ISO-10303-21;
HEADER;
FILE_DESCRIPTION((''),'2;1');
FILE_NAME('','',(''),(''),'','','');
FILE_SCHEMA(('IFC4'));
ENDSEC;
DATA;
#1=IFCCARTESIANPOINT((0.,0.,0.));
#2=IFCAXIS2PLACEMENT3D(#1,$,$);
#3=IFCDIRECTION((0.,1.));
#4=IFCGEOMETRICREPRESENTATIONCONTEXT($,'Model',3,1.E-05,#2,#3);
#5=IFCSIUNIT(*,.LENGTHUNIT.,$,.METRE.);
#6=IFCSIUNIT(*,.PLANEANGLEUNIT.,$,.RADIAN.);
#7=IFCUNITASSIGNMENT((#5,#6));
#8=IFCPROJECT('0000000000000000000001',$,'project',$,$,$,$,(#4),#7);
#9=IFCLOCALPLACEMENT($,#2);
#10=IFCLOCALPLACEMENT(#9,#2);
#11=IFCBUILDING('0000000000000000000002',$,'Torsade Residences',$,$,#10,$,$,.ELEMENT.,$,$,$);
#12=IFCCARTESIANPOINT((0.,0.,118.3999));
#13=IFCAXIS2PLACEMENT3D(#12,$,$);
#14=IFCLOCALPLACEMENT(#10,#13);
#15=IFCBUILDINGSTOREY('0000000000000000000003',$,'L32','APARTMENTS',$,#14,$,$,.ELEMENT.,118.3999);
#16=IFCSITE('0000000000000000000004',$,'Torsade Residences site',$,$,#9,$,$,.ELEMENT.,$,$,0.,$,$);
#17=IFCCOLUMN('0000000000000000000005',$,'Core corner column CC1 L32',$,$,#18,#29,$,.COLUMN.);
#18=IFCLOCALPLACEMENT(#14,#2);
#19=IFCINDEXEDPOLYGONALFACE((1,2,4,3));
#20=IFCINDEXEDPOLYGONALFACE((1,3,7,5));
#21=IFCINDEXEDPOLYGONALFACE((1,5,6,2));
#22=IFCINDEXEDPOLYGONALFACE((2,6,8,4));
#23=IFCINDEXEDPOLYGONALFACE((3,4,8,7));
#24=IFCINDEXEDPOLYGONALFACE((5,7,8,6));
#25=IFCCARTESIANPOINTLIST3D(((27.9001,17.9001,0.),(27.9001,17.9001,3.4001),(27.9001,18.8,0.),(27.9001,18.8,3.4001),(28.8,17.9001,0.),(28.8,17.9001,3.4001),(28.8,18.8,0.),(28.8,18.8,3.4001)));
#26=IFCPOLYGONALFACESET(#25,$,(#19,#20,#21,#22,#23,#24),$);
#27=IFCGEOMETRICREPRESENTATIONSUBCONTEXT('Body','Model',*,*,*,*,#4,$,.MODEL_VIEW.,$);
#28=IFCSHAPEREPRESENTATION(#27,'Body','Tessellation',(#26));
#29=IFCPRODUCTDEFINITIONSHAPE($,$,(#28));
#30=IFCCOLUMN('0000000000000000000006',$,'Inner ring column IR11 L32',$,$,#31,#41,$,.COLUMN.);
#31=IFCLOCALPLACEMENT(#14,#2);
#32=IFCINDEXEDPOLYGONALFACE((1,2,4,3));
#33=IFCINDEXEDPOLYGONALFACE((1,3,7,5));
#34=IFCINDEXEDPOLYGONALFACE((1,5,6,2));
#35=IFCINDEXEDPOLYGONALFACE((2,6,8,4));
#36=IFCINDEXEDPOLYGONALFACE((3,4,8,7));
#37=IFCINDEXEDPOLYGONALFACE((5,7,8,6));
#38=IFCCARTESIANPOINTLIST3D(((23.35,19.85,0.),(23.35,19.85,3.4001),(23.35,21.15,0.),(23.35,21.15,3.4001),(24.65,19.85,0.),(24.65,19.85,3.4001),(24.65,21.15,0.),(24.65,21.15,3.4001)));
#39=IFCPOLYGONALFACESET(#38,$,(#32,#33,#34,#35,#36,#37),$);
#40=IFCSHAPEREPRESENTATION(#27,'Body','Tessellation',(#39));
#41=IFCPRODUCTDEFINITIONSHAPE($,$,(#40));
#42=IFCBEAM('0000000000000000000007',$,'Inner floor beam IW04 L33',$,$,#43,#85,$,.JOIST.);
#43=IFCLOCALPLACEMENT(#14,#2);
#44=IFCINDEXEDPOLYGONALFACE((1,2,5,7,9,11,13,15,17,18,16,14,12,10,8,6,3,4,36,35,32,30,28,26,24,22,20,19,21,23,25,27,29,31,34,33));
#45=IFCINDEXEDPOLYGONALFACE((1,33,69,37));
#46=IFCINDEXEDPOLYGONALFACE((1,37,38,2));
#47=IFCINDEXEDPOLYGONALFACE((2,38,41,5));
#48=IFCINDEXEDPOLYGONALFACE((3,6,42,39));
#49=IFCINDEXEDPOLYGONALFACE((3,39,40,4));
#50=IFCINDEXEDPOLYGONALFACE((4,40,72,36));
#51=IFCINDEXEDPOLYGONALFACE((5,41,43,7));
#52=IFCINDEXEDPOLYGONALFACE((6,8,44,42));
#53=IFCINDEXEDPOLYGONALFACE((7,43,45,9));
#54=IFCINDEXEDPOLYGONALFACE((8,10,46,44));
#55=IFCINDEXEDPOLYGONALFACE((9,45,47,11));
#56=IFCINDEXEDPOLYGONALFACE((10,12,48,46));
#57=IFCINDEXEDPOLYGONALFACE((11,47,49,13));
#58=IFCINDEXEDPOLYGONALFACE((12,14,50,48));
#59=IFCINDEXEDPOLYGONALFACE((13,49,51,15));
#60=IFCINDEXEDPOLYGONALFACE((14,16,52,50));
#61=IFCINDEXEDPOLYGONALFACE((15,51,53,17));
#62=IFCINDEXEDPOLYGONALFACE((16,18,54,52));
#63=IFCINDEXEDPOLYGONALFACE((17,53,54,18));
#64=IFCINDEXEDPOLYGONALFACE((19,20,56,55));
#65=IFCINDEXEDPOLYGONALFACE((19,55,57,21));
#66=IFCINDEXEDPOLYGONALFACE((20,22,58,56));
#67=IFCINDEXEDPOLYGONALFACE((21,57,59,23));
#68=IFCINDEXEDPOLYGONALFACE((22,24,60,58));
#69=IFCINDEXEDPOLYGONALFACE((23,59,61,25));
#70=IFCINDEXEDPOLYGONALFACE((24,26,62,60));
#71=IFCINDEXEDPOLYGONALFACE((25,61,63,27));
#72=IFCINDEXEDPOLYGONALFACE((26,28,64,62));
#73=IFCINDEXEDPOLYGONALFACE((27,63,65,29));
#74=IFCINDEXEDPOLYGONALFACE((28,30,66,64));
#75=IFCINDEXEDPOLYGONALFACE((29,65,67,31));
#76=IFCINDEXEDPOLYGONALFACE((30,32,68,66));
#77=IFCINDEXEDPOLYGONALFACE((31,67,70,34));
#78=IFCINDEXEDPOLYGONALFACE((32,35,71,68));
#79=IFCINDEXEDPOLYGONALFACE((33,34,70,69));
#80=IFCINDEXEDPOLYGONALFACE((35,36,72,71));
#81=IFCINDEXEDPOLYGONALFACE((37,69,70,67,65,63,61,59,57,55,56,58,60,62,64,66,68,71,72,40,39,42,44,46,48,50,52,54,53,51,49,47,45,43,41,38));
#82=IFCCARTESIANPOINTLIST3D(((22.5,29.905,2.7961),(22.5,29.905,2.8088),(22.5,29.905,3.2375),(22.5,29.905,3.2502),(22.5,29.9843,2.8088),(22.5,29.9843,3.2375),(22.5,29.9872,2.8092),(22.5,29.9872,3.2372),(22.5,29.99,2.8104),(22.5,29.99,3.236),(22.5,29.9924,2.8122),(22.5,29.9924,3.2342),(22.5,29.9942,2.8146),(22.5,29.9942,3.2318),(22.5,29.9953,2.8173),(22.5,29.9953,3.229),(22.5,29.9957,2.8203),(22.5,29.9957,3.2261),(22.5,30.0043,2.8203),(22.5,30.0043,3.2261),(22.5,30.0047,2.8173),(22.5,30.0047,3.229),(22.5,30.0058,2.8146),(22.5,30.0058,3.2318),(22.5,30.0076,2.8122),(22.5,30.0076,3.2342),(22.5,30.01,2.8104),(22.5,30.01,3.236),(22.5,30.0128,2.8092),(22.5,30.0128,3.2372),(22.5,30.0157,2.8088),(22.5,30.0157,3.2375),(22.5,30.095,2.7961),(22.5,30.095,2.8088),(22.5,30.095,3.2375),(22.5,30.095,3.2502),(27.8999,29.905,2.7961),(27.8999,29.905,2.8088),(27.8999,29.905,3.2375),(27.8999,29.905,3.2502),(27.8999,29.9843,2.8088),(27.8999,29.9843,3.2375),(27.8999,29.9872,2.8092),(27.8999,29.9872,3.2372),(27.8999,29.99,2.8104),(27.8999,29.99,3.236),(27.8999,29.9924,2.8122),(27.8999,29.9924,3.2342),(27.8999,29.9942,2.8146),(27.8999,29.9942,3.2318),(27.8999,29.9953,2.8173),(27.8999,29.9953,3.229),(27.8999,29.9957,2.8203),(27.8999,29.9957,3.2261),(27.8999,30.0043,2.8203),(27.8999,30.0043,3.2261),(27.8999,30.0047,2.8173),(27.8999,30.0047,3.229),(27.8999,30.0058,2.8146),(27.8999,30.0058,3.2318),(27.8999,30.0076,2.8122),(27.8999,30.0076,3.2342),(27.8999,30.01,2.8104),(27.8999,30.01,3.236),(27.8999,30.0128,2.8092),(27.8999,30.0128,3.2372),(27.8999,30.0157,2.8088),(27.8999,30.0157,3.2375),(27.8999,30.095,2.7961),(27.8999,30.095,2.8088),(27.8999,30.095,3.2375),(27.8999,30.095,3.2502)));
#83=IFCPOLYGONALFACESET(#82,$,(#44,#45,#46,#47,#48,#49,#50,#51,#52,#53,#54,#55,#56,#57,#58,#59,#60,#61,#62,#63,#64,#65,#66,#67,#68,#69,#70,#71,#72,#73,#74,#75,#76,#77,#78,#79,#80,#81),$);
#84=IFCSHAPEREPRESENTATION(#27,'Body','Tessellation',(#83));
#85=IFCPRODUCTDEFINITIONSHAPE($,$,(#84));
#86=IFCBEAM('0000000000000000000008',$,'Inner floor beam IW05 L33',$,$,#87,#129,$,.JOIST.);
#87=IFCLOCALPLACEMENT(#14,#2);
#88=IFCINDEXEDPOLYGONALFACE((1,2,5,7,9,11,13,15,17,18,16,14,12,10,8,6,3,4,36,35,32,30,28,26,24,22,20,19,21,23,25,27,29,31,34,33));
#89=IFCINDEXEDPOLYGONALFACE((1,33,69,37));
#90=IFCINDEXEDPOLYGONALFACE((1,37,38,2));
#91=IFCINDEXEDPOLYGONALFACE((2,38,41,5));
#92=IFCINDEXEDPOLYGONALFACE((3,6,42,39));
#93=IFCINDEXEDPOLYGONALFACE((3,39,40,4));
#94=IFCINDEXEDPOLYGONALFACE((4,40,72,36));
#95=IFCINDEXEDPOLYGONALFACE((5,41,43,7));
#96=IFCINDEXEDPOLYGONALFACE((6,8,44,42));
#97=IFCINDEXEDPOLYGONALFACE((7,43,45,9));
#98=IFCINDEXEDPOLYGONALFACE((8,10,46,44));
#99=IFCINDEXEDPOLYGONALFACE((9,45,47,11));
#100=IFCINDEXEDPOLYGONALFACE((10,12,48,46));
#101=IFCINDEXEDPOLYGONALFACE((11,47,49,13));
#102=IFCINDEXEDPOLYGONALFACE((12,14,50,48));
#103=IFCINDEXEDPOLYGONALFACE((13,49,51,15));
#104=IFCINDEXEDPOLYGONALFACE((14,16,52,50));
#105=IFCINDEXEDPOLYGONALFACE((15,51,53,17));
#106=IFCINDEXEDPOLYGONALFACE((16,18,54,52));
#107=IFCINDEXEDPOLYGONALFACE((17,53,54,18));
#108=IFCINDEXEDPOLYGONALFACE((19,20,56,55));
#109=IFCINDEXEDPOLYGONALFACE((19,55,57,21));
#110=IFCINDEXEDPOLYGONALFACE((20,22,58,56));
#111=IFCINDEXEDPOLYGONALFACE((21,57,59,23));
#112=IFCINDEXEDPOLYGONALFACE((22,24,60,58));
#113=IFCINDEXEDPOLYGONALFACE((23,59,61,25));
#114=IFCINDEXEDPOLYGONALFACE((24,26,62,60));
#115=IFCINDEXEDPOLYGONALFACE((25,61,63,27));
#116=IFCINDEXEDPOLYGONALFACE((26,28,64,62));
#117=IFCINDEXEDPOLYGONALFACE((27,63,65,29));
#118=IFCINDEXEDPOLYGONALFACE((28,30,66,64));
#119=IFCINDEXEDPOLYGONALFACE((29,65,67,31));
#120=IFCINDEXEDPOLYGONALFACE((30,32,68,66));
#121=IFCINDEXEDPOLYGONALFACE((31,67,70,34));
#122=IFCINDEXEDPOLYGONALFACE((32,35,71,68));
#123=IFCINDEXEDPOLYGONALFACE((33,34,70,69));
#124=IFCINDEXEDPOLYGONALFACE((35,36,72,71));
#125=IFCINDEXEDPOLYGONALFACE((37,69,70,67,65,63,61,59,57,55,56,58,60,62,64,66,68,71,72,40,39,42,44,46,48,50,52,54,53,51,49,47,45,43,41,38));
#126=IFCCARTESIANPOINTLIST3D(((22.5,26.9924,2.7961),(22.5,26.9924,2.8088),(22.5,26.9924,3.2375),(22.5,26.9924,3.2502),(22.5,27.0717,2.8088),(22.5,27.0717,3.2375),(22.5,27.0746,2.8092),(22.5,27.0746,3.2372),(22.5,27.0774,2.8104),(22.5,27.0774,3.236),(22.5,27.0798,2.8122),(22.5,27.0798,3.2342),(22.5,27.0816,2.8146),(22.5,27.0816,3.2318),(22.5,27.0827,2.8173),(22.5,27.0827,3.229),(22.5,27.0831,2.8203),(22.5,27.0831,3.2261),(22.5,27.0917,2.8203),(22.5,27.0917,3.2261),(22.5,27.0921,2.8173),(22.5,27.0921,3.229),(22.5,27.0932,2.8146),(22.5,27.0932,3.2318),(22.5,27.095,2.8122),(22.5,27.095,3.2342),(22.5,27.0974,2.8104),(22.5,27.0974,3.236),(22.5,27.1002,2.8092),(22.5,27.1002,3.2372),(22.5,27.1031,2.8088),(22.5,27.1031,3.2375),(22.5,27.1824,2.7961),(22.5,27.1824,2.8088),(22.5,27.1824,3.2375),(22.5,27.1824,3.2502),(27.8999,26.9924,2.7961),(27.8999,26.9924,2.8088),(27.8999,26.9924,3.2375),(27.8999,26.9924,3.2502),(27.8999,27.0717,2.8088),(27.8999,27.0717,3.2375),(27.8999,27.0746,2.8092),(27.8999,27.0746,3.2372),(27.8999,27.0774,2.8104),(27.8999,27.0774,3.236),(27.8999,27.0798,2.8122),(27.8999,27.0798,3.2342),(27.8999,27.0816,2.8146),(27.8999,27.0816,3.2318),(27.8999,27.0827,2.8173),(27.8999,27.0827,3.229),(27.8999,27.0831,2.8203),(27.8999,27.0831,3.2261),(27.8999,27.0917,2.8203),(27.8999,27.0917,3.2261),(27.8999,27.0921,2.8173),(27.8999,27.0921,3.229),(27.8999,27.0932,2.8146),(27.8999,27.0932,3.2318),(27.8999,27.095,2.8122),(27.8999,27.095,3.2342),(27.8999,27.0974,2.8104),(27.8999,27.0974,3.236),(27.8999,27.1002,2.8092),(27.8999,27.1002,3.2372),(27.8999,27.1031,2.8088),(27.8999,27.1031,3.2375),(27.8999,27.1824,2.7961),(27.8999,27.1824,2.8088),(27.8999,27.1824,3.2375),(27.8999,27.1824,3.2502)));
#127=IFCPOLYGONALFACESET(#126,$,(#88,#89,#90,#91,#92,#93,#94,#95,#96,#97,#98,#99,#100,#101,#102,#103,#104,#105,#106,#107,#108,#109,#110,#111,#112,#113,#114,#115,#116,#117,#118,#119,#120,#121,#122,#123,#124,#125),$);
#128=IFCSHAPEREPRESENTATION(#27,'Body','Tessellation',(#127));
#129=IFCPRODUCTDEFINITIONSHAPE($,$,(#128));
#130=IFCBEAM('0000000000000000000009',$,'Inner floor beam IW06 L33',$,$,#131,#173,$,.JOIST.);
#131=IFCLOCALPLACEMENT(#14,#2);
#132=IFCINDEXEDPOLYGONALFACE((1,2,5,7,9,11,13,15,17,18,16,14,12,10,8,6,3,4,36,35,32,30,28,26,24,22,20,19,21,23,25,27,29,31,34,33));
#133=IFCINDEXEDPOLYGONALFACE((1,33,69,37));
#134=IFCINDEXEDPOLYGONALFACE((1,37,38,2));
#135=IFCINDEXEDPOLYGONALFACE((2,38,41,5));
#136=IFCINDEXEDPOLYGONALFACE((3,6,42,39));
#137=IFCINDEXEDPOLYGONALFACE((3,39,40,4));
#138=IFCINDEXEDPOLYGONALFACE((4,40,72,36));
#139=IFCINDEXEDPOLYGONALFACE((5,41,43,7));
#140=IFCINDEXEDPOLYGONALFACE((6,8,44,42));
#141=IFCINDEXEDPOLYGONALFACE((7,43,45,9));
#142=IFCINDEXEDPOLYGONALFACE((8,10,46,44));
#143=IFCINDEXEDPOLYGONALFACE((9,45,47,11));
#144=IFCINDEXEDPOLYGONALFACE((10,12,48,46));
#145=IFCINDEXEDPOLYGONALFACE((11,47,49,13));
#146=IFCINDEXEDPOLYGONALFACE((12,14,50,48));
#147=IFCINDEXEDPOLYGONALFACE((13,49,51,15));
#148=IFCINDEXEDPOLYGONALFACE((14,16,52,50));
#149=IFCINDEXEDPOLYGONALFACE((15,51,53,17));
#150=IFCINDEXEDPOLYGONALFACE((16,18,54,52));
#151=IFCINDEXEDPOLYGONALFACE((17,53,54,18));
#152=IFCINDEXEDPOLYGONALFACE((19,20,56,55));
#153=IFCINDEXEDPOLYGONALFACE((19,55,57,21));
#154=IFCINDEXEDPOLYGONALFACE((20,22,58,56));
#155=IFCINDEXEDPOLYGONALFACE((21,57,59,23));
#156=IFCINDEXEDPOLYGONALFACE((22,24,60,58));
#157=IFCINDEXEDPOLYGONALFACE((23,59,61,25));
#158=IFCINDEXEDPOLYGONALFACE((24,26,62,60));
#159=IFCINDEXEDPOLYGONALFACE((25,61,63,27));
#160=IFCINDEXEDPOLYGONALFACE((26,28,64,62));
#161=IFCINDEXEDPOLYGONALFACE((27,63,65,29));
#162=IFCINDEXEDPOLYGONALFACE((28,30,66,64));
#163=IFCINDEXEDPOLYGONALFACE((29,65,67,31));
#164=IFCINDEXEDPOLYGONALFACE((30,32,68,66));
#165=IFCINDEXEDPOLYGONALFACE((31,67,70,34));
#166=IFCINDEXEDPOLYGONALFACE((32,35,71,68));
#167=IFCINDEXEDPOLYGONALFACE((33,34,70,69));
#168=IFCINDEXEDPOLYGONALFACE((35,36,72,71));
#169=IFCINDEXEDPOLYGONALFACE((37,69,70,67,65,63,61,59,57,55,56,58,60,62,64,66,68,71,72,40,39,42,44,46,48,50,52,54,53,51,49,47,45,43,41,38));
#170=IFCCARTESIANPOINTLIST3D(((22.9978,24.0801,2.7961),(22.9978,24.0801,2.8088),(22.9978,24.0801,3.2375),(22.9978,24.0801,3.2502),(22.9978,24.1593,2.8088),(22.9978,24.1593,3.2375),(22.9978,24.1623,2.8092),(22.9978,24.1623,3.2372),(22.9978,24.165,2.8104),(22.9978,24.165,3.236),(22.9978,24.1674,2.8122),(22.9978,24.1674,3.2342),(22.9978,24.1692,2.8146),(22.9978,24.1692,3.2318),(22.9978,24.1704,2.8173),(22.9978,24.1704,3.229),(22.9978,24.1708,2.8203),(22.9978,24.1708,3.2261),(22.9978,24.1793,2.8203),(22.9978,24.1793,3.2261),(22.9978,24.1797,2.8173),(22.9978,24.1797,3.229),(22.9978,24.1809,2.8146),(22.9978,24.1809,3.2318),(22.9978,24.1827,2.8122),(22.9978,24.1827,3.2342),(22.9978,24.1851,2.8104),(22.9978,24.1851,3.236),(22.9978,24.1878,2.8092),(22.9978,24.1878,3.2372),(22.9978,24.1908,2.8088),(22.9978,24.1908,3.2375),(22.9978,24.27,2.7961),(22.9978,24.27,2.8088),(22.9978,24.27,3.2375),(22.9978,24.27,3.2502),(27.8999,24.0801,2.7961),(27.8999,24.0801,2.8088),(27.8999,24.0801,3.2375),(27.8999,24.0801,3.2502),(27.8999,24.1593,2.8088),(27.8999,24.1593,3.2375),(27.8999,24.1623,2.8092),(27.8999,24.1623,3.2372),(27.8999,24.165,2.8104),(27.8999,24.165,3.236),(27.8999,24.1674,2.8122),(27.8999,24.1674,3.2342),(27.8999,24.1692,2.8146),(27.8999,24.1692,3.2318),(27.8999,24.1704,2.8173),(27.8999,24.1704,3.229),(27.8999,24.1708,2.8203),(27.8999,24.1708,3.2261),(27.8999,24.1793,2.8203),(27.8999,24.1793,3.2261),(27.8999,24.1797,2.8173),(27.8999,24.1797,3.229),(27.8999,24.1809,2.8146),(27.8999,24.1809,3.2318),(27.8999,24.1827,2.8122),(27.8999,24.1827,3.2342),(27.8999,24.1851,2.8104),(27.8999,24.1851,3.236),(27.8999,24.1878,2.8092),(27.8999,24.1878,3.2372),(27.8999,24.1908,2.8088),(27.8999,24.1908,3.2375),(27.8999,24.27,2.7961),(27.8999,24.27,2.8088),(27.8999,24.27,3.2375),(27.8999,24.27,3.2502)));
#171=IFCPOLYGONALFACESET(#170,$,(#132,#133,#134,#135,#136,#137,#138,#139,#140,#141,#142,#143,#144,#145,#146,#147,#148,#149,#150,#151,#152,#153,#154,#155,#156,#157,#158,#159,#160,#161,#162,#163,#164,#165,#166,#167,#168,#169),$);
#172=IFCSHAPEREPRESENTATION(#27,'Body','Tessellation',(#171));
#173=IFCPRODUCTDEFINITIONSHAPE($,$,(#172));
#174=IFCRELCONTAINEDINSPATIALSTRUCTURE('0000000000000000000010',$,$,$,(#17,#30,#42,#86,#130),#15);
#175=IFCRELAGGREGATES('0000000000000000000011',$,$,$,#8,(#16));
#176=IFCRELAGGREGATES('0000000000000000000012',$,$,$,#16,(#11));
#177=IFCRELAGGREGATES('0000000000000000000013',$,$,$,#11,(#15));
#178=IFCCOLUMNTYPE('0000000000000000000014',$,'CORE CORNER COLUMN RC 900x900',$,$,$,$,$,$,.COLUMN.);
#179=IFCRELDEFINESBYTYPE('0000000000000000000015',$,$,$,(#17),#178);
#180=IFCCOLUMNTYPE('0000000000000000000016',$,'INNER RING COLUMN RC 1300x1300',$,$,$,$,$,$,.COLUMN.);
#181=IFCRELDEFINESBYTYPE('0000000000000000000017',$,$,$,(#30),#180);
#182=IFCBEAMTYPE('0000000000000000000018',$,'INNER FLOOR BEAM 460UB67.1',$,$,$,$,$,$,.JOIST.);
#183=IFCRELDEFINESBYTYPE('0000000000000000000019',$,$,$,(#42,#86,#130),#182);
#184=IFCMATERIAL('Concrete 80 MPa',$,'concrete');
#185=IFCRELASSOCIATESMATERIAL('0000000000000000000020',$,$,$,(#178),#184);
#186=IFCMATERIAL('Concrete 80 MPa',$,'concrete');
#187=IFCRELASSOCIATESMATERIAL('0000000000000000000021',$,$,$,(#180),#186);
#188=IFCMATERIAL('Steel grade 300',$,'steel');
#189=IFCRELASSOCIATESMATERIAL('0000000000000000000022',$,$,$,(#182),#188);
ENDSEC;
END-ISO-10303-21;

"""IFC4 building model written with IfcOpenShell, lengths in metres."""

from ifc_helpers import new_model, si_unit, direction, frame, origin, origin_2d, place, context, subcontext, project, spatial, rectangle, i_section, extrude, material, material_profile, profile_set, type_object, element, save


model = new_model("IFC4")

# Units and contexts
model_context = context("Model", 3, precision=1e-05, world=origin(), true_north=direction((0.0, 1.0)))
body_context = subcontext(model_context, "Body", "Model", "MODEL_VIEW")
ifc_project = project(units=[si_unit("LENGTHUNIT", "METRE"), si_unit("PLANEANGLEUNIT", "RADIAN")], contexts=[model_context])

# Site, building, storey
site_placement = place(None, origin())
site = spatial("IfcSite", under=ifc_project, at=site_placement, Name="Torsade Residences site", CompositionType="ELEMENT", RefElevation=0.0)
building_placement = place(site_placement, origin())
building = spatial("IfcBuilding", under=site, at=building_placement, Name="Torsade Residences", CompositionType="ELEMENT")
storey_placement = place(building_placement, frame((0.0, 0.0, 118.3999)))
storey = spatial("IfcBuildingStorey", under=building, at=storey_placement, Name="L32", Description="APARTMENTS", CompositionType="ELEMENT", Elevation=118.3999)

# Columns
ifc_material_1 = material(Name="Concrete 80 MPa", Category="concrete")
ifc_material_profile_1 = material_profile(ifc_material_1, rectangle(XDim=0.8999, YDim=0.8999, at=origin_2d()), Name="RC 900x900")
ifc_profile_set_1 = profile_set([ifc_material_profile_1], Name="Concrete 80 MPa")
column_type_1 = type_object("IfcColumnType", Name="CORE CORNER COLUMN RC 900x900", PredefinedType="COLUMN", material=ifc_profile_set_1)
column_1_placement = place(storey_placement, frame((28.3501, 18.3501, 0.0), z_axis=(0.0, 0.0, 1.0), x_axis=(1.0, 0.0, 0.0)))
element("IfcColumn", 1, at=column_1_placement, inside=storey, type_object=column_type_1, Name="Core corner column CC1 L32", PredefinedType="COLUMN", context=body_context, shape_type="SweptSolid", body=[
    extrude(rectangle(XDim=0.8999, YDim=0.8999, at=origin_2d()), origin(), (0.0, 0.0, 1.0), 3.4001),
])
ifc_material_2 = material(Name="Concrete 80 MPa", Category="concrete")
ifc_material_profile_2 = material_profile(ifc_material_2, rectangle(XDim=1.3, YDim=1.3, at=origin_2d()), Name="RC 1300x1300")
ifc_profile_set_2 = profile_set([ifc_material_profile_2], Name="Concrete 80 MPa")
column_type_2 = type_object("IfcColumnType", Name="INNER RING COLUMN RC 1300x1300", PredefinedType="COLUMN", material=ifc_profile_set_2)
column_2_placement = place(storey_placement, frame((24.0, 20.5, 0.0), z_axis=(0.0, 0.0, 1.0), x_axis=(1.0, 0.0, 0.0)))
element("IfcColumn", 2, at=column_2_placement, inside=storey, type_object=column_type_2, Name="Inner ring column IR11 L32", PredefinedType="COLUMN", context=body_context, shape_type="SweptSolid", body=[
    extrude(rectangle(XDim=1.3, YDim=1.3, at=origin_2d()), origin(), (0.0, 0.0, 1.0), 3.4001),
])

# Beams
ifc_material_3 = material(Name="Steel grade 300", Category="steel")
ifc_material_profile_3 = material_profile(ifc_material_3, i_section(OverallWidth=0.1899, OverallDepth=0.4541, WebThickness=0.0085, FlangeThickness=0.0127, FilletRadius=0.0115, at=origin_2d()), Name="460UB67.1")
ifc_profile_set_3 = profile_set([ifc_material_profile_3], Name="Steel grade 300")
beam_type_1 = type_object("IfcBeamType", Name="INNER FLOOR BEAM 460UB67.1", PredefinedType="JOIST", material=ifc_profile_set_3)
for number, where, z_axis, x_axis, name in (
    (3, (27.8999, 30.0, 3.0232), (-1.0, 0.0, 0.0), (0.0, -1.0, 0.0), "Inner floor beam IW04 L33"),
    (4, (27.8999, 27.0874, 3.0232), (-1.0, 0.0, 0.0), (0.0, -1.0, 0.0), "Inner floor beam IW05 L33"),
):
    element("IfcBeam", number, at=place(storey_placement, frame(where, z_axis=z_axis, x_axis=x_axis)), inside=storey, type_object=beam_type_1, Name=name, PredefinedType="JOIST", context=body_context, shape_type="SweptSolid", body=[
        extrude(i_section(OverallWidth=0.1899, OverallDepth=0.4541, WebThickness=0.0085, FlangeThickness=0.0127, FilletRadius=0.0115, at=origin_2d()), origin(), (0.0, 0.0, 1.0), 5.3999),
    ])
beam_1_placement = place(storey_placement, frame((27.8999, 24.175, 3.0232), z_axis=(-1.0, 0.0, 0.0), x_axis=(0.0, -1.0, 0.0)))
element("IfcBeam", 5, at=beam_1_placement, inside=storey, type_object=beam_type_1, Name="Inner floor beam IW06 L33", PredefinedType="JOIST", context=body_context, shape_type="SweptSolid", body=[
    extrude(i_section(OverallWidth=0.1899, OverallDepth=0.4541, WebThickness=0.0085, FlangeThickness=0.0127, FilletRadius=0.0115, at=origin_2d()), origin(), (0.0, 0.0, 1.0), 4.9021),
])

save(model, "model.ifc")
